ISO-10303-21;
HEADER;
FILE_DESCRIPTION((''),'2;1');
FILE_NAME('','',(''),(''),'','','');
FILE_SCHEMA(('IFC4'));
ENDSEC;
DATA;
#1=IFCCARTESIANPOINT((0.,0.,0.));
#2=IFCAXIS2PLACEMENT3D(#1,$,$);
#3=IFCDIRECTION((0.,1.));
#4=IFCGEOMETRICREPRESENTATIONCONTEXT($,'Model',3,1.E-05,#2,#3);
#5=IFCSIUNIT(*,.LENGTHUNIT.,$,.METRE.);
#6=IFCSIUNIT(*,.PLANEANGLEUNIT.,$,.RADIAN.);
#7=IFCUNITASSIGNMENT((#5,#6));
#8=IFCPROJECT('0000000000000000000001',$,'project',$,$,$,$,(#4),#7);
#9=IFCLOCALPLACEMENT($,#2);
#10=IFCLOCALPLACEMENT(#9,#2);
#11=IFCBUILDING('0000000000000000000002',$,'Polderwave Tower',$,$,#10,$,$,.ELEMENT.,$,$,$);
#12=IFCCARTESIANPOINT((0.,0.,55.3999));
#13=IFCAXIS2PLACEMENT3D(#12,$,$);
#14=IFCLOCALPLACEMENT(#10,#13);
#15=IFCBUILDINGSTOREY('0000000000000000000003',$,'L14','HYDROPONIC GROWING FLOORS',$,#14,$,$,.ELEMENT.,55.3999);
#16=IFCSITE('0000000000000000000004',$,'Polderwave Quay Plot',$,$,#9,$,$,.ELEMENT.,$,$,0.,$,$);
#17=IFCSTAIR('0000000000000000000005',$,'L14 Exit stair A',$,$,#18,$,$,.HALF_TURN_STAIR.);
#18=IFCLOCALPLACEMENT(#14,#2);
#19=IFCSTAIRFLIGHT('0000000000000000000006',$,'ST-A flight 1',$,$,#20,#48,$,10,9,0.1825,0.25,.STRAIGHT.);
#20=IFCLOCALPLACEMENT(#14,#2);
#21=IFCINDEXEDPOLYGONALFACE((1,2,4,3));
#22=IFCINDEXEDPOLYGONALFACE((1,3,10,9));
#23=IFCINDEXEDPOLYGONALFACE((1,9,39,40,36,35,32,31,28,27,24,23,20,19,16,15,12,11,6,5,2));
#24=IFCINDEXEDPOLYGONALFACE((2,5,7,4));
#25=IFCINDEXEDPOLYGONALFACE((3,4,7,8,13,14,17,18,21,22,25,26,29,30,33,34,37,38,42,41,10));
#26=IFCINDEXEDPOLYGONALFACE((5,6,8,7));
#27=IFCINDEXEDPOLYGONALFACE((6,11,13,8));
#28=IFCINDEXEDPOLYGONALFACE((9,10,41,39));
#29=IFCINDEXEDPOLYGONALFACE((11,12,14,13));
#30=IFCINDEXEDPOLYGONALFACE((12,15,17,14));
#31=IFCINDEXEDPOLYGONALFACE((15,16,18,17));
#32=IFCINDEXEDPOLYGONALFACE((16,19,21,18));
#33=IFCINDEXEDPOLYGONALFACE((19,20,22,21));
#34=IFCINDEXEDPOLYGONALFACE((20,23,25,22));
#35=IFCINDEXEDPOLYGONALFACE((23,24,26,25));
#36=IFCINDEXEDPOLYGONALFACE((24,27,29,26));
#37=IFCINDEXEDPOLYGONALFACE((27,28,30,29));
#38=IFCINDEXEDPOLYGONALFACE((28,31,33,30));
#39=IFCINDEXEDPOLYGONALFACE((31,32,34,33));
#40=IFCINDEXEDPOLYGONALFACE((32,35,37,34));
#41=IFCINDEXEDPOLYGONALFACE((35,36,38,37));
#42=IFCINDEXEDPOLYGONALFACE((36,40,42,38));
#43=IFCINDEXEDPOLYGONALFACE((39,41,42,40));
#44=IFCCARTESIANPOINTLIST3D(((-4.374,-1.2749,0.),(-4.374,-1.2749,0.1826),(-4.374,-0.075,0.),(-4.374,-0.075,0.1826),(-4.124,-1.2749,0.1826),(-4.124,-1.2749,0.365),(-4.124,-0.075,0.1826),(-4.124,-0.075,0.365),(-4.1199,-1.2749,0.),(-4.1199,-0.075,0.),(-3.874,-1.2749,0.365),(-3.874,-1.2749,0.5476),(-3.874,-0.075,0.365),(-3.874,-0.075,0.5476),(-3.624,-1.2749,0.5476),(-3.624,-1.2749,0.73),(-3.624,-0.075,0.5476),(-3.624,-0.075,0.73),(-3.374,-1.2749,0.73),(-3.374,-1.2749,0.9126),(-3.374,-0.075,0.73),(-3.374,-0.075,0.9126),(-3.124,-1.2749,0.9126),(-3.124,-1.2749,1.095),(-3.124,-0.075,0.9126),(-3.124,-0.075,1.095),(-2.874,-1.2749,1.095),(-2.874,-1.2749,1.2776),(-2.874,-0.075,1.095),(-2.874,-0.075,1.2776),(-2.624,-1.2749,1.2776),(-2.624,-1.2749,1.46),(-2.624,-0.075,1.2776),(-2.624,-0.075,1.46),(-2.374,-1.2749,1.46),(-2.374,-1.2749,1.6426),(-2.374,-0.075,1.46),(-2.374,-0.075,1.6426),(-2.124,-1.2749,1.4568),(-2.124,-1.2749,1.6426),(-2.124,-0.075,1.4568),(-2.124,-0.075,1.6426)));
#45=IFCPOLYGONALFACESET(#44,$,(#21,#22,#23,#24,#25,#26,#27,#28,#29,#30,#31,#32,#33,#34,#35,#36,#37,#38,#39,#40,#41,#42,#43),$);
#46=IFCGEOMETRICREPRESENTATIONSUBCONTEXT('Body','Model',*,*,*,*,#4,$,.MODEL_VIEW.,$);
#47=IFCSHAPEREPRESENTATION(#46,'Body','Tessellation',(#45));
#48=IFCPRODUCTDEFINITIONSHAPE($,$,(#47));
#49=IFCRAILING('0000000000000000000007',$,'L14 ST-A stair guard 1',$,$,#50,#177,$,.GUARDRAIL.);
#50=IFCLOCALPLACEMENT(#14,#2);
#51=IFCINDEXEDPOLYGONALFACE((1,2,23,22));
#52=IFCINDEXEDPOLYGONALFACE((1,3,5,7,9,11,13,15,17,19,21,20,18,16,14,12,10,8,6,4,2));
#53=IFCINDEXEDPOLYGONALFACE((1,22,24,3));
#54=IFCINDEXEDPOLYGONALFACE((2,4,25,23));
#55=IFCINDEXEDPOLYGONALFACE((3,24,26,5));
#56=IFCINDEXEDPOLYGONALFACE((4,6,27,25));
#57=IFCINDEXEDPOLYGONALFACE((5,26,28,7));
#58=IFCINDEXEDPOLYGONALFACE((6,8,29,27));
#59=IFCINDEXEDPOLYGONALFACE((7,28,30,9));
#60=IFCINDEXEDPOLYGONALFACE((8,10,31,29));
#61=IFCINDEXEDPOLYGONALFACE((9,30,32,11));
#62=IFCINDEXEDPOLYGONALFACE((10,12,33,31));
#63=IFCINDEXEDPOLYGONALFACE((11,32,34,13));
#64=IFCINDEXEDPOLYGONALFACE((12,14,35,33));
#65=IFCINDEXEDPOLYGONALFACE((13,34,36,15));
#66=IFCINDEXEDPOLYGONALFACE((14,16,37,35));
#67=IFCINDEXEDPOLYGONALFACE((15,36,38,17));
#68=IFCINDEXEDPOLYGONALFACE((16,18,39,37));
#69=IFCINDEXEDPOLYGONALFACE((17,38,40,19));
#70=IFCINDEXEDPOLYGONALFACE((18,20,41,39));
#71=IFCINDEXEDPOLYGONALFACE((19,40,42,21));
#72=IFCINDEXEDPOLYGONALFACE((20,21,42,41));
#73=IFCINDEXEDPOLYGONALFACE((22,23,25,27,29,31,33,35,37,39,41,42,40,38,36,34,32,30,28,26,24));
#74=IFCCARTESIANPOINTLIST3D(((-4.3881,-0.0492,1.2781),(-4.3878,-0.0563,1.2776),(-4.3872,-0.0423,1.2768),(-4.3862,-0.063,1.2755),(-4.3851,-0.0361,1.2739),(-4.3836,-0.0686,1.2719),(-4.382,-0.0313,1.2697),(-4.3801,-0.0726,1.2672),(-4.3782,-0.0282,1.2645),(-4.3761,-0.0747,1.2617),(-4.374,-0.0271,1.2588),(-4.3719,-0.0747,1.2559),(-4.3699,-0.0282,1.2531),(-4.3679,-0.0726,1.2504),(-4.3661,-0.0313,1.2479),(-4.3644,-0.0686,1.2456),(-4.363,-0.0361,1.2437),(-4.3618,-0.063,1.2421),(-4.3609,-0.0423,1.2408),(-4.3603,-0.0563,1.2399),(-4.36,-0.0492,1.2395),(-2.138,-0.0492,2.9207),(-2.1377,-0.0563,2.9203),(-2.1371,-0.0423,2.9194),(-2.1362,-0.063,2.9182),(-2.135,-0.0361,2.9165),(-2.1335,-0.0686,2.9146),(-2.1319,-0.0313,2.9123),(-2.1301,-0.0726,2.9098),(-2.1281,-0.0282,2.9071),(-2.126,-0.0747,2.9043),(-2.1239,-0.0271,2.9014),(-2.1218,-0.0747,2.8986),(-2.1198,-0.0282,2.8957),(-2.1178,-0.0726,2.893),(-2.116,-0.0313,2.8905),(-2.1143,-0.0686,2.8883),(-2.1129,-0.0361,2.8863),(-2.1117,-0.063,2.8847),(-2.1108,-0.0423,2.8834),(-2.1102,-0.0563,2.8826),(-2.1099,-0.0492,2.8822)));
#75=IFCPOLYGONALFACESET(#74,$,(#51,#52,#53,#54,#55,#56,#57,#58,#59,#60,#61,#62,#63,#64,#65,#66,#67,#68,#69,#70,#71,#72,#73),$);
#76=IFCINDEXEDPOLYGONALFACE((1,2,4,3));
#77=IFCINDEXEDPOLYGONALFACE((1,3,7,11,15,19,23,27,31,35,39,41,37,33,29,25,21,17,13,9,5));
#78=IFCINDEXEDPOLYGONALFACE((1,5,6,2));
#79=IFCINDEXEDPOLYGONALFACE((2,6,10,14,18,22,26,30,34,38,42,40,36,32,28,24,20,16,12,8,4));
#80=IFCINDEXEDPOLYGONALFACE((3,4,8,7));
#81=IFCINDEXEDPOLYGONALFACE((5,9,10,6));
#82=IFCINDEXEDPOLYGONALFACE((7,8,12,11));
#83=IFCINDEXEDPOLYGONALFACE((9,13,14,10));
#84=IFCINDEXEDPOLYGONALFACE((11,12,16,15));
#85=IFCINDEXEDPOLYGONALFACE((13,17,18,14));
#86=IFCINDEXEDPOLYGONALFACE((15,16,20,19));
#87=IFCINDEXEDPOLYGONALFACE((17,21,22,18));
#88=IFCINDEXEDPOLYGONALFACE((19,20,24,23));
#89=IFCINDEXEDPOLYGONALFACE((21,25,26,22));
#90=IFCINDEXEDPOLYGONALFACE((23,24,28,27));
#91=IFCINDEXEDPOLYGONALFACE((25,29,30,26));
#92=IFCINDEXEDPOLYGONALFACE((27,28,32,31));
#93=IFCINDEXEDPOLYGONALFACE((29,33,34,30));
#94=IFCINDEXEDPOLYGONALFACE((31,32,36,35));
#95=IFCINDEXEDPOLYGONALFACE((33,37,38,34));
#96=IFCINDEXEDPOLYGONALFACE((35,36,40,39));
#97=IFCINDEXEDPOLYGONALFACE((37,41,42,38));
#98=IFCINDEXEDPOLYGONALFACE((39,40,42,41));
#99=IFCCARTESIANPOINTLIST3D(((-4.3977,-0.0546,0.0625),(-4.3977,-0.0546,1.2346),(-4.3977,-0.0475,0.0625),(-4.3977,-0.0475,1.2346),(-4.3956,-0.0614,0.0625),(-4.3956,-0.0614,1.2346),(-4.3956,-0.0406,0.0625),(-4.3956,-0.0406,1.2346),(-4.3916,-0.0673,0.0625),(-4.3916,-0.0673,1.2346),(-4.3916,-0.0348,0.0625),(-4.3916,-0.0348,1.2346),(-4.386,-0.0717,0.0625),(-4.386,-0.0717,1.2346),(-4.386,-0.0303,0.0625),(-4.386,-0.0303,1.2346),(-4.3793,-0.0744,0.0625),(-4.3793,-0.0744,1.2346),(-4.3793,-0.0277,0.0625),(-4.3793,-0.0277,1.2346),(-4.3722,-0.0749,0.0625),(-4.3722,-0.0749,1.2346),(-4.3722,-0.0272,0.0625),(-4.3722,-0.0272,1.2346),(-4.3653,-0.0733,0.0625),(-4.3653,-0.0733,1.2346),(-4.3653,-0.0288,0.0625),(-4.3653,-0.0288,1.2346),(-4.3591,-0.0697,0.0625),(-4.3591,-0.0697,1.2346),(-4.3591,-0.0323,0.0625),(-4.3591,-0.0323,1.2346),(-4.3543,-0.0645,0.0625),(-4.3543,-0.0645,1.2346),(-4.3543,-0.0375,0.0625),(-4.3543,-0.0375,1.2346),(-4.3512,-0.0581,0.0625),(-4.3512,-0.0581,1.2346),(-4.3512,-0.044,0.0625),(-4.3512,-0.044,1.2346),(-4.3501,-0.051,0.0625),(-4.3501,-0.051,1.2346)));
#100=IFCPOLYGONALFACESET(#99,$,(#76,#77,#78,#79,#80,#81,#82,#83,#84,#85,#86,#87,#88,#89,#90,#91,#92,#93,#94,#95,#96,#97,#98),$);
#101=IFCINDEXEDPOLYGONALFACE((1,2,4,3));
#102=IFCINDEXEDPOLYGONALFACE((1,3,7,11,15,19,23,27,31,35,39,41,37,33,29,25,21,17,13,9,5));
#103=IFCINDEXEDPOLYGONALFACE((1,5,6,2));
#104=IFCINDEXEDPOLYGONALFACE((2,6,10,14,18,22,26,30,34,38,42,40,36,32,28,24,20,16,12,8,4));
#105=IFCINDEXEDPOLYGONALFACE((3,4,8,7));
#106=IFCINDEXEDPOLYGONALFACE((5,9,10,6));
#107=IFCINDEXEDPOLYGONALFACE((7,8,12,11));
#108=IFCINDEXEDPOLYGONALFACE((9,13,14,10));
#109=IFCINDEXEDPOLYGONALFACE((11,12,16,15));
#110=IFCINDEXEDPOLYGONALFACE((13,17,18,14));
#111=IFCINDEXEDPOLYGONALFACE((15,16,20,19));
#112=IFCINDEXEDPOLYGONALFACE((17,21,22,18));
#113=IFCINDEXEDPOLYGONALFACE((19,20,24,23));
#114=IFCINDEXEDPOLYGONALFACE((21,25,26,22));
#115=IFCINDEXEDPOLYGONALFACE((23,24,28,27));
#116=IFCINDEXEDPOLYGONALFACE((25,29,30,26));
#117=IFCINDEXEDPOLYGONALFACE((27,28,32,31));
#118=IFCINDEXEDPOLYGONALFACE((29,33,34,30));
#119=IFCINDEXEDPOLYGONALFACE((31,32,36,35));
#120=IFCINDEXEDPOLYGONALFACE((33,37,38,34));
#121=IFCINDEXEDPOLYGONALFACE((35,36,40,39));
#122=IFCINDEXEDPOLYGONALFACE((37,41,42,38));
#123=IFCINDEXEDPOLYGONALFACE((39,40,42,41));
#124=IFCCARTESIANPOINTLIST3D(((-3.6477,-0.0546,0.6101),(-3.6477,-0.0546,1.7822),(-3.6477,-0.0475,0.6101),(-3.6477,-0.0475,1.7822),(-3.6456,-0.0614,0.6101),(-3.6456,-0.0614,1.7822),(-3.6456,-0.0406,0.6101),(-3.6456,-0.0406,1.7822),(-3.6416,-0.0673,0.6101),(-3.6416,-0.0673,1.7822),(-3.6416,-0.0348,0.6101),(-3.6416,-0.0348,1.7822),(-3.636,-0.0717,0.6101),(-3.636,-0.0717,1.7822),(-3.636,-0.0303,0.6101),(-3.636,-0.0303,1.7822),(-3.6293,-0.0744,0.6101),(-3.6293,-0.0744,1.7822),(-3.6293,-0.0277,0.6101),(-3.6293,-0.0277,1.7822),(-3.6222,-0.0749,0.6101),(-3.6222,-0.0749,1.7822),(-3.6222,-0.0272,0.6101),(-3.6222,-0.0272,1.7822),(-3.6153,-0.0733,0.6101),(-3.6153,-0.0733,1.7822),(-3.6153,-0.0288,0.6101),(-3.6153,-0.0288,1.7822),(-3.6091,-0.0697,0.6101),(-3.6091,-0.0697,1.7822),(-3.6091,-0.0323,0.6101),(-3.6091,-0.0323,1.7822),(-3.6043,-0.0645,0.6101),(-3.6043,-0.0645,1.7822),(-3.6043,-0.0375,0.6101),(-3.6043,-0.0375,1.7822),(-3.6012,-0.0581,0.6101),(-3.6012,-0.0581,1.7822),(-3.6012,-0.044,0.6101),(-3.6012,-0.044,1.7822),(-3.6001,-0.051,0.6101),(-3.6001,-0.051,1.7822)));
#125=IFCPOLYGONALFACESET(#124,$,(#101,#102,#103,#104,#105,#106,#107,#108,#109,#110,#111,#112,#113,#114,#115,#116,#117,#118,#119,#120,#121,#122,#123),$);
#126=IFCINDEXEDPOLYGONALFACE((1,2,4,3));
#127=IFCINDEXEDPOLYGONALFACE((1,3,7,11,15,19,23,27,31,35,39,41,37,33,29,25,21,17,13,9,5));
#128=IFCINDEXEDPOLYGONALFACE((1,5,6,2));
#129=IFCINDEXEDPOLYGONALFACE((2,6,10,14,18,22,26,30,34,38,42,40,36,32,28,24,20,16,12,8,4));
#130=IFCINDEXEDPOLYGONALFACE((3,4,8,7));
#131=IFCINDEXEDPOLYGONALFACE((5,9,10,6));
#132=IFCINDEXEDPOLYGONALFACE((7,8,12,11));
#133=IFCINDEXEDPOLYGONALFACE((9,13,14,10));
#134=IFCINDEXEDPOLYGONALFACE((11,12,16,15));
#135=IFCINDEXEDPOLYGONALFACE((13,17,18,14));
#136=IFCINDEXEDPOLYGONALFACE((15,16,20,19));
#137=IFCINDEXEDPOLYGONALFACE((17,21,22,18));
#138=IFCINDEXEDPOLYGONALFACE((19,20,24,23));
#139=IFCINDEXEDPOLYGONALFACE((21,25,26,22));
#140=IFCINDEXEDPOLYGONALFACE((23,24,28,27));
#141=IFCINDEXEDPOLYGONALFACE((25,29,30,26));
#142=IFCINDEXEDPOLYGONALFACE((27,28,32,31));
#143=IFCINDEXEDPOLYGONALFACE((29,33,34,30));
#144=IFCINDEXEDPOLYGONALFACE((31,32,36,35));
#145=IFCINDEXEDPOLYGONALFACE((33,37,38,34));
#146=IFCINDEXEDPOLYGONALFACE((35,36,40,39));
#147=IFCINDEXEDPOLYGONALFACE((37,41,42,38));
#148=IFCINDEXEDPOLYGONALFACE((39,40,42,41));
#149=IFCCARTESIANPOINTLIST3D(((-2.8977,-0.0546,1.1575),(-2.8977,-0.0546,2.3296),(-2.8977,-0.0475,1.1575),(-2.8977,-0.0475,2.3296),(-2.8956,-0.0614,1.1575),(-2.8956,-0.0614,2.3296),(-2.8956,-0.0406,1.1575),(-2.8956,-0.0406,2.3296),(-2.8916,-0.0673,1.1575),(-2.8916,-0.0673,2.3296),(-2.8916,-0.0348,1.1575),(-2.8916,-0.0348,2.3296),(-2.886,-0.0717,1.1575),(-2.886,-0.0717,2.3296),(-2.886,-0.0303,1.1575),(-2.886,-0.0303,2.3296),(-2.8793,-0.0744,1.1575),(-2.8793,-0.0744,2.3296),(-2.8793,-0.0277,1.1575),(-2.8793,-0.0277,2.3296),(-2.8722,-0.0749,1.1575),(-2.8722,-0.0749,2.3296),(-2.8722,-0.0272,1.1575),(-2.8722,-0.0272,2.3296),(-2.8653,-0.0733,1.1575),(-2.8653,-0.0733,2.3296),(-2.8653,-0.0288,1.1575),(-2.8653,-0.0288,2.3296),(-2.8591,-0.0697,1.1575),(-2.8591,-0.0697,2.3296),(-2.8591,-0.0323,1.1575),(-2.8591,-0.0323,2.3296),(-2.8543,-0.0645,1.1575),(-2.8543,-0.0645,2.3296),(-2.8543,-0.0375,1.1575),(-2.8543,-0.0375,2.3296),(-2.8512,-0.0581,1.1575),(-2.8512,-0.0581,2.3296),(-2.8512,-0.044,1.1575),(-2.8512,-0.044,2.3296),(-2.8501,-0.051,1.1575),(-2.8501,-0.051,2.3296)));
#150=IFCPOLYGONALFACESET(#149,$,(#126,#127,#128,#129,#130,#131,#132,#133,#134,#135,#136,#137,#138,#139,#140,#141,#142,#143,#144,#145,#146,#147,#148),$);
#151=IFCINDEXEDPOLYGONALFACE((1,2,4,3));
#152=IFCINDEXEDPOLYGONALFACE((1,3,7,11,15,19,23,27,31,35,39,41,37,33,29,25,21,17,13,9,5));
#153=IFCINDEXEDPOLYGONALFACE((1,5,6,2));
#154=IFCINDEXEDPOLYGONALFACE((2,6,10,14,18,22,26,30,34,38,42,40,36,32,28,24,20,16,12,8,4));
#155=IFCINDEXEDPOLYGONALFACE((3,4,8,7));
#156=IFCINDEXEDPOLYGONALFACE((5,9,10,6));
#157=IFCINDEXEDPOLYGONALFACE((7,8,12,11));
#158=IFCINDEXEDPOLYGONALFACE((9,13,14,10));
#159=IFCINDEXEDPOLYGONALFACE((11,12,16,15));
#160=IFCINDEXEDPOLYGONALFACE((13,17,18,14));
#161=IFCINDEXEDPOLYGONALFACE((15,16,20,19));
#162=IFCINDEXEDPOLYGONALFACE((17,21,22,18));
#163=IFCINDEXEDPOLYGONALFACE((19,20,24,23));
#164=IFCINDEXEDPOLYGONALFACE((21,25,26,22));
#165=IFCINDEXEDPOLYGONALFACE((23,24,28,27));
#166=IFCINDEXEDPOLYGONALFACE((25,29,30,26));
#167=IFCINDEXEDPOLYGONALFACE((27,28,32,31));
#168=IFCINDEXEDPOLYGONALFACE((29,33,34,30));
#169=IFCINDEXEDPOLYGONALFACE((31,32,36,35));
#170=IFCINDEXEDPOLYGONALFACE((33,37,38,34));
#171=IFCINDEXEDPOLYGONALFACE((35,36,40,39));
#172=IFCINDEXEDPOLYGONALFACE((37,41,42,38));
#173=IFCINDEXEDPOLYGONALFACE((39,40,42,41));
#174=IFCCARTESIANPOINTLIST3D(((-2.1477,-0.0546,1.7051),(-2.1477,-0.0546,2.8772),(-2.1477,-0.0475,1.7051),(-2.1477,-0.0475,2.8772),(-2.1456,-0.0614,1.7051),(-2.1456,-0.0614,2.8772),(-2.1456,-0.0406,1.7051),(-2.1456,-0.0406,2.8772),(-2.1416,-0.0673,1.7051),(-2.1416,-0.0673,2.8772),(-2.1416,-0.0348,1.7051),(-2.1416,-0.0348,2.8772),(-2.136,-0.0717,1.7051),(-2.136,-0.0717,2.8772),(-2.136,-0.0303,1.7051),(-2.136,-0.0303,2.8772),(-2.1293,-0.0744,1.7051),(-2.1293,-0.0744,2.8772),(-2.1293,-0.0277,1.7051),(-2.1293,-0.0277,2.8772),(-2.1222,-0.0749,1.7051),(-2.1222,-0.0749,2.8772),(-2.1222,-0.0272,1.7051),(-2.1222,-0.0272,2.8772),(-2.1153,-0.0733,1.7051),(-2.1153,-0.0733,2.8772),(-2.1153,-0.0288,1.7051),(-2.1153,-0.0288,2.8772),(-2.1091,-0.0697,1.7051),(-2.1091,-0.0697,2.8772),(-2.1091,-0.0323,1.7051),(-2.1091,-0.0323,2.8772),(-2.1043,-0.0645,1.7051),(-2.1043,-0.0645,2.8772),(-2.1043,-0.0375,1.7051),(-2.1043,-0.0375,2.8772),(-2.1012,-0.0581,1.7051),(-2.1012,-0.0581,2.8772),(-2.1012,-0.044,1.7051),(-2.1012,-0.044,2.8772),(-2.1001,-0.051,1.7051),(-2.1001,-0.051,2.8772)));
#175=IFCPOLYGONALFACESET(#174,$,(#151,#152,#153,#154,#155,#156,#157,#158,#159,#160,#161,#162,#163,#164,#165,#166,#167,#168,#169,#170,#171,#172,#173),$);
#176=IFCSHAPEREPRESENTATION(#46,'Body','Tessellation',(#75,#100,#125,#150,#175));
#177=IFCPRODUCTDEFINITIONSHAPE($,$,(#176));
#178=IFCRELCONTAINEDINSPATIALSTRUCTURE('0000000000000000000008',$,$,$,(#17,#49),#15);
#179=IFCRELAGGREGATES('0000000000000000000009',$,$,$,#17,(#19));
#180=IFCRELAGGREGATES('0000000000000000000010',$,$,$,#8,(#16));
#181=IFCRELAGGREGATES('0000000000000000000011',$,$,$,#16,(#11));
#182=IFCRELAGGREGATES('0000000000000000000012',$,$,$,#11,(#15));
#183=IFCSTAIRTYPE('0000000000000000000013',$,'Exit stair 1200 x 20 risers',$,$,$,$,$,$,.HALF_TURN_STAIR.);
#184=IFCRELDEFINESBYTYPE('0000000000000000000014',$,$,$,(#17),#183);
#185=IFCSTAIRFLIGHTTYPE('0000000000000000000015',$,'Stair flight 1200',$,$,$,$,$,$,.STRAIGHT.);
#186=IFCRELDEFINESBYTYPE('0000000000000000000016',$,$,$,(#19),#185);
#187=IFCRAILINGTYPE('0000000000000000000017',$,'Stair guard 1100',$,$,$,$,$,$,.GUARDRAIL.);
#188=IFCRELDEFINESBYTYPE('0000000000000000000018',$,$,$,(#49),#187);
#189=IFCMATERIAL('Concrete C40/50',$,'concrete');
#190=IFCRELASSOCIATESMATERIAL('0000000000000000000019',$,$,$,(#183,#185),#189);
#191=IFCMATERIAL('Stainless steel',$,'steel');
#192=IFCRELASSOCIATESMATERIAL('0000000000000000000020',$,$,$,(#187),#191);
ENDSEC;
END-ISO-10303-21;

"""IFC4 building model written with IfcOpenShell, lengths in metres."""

from ifc_helpers import new_model, si_unit, direction, frame, origin, origin_2d, place, context, subcontext, project, spatial, polyline, circle, outline, extrude, material, type_object, element, aggregate, save


model = new_model("IFC4")

# Units and contexts
model_context = context("Model", 3, precision=1e-05, world=origin(), true_north=direction((0.0, 1.0)))
body_context = subcontext(model_context, "Body", "Model", "MODEL_VIEW")
ifc_project = project(units=[si_unit("LENGTHUNIT", "METRE"), si_unit("PLANEANGLEUNIT", "RADIAN")], contexts=[model_context])

# Site, building, storey
site_placement = place(None, origin())
site = spatial("IfcSite", under=ifc_project, at=site_placement, Name="Polderwave Quay Plot", CompositionType="ELEMENT", RefElevation=0.0)
building_placement = place(site_placement, origin())
building = spatial("IfcBuilding", under=site, at=building_placement, Name="Polderwave Tower", CompositionType="ELEMENT")
storey_placement = place(building_placement, frame((0.0, 0.0, 55.3999)))
storey = spatial("IfcBuildingStorey", under=building, at=storey_placement, Name="L14", Description="HYDROPONIC GROWING FLOORS", CompositionType="ELEMENT", Elevation=55.3999)

# Shared definitions
ifc_material_1 = material(Name="Stainless steel", Category="steel")

# Stair, stair flight
ifc_material_2 = material(Name="Concrete C40/50", Category="concrete")
stair_type = type_object("IfcStairType", Name="Exit stair 1200 x 20 risers", PredefinedType="HALF_TURN_STAIR", material=ifc_material_2)
stair_placement = place(storey_placement, origin())
stair = element("IfcStair", 1, at=stair_placement, inside=storey, type_object=stair_type, Name="L14 Exit stair A", PredefinedType="HALF_TURN_STAIR")
stair_flight_type = type_object("IfcStairFlightType", Name="Stair flight 1200", PredefinedType="STRAIGHT", material=ifc_material_2)
stair_flight_placement = place(storey_placement, frame((-4.374, -0.675, 0.0), z_axis=(0.0, 0.0, 1.0), x_axis=(1.0, 0.0, 0.0)))
stair_flight = element("IfcStairFlight", 2, at=stair_flight_placement, type_object=stair_flight_type, Name="ST-A flight 1", NumberOfRisers=10, NumberOfTreads=9, PredefinedType="STRAIGHT", RiserHeight=0.1825, TreadLength=0.25, context=body_context, shape_type="SweptSolid", body=[
    extrude(outline(polyline([(0.0, 0.0), (0.0, 0.1826), (0.25, 0.1826), (0.25, 0.365), (0.5, 0.365), (0.5, 0.5476), (0.75, 0.5476), (0.75, 0.73), (1.0, 0.73), (1.0, 0.9126), (1.25, 0.9126), (1.25, 1.095), (1.5, 1.095), (1.5, 1.2776), (1.75, 1.2776), (1.75, 1.46), (2.0, 1.46), (2.0, 1.6426), (2.25, 1.6426), (2.25, 1.825), (2.25, 1.4568), (0.2542, 0.0), (0.0, 0.0)])), frame((0.0, 0.6001, 0.0), z_axis=(0.0, -1.0, 0.0), x_axis=(1.0, 0.0, 0.0)), (0.0, 0.0, 1.0), 1.2),
])
aggregate(stair, [stair_flight])

# Railing
railing_type_1 = type_object("IfcRailingType", Name="Stair guard 1100", PredefinedType="GUARDRAIL", material=ifc_material_1)
railing_1_placement = place(storey_placement, frame((-4.374, -0.051, 0.0625)))
element("IfcRailing", 3, at=railing_1_placement, inside=storey, type_object=railing_type_1, Name="L14 ST-A stair guard 1", PredefinedType="GUARDRAIL", context=body_context, shape_type="SweptSolid", body=[
    extrude(circle(Radius=0.0239, at=origin_2d()), frame((0.0, 0.0, 1.1963), z_axis=(0.807674, 0.0, 0.58963), x_axis=(0.0, 1.0, 0.0)), (0.0, 0.0, 1.0), 2.7859),
    extrude(circle(Radius=0.0239, at=origin_2d()), origin(), (0.0, 0.0, 1.0), 1.1721),
    extrude(circle(Radius=0.0239, at=origin_2d()), frame((0.75, 0.0, 0.5476)), (0.0, 0.0, 1.0), 1.1721),
    extrude(circle(Radius=0.0239, at=origin_2d()), frame((1.5, 0.0, 1.095)), (0.0, 0.0, 1.0), 1.1721),
    extrude(circle(Radius=0.0239, at=origin_2d()), frame((2.25, 0.0, 1.6426)), (0.0, 0.0, 1.0), 1.1721),
])

save(model, "model.ifc")
